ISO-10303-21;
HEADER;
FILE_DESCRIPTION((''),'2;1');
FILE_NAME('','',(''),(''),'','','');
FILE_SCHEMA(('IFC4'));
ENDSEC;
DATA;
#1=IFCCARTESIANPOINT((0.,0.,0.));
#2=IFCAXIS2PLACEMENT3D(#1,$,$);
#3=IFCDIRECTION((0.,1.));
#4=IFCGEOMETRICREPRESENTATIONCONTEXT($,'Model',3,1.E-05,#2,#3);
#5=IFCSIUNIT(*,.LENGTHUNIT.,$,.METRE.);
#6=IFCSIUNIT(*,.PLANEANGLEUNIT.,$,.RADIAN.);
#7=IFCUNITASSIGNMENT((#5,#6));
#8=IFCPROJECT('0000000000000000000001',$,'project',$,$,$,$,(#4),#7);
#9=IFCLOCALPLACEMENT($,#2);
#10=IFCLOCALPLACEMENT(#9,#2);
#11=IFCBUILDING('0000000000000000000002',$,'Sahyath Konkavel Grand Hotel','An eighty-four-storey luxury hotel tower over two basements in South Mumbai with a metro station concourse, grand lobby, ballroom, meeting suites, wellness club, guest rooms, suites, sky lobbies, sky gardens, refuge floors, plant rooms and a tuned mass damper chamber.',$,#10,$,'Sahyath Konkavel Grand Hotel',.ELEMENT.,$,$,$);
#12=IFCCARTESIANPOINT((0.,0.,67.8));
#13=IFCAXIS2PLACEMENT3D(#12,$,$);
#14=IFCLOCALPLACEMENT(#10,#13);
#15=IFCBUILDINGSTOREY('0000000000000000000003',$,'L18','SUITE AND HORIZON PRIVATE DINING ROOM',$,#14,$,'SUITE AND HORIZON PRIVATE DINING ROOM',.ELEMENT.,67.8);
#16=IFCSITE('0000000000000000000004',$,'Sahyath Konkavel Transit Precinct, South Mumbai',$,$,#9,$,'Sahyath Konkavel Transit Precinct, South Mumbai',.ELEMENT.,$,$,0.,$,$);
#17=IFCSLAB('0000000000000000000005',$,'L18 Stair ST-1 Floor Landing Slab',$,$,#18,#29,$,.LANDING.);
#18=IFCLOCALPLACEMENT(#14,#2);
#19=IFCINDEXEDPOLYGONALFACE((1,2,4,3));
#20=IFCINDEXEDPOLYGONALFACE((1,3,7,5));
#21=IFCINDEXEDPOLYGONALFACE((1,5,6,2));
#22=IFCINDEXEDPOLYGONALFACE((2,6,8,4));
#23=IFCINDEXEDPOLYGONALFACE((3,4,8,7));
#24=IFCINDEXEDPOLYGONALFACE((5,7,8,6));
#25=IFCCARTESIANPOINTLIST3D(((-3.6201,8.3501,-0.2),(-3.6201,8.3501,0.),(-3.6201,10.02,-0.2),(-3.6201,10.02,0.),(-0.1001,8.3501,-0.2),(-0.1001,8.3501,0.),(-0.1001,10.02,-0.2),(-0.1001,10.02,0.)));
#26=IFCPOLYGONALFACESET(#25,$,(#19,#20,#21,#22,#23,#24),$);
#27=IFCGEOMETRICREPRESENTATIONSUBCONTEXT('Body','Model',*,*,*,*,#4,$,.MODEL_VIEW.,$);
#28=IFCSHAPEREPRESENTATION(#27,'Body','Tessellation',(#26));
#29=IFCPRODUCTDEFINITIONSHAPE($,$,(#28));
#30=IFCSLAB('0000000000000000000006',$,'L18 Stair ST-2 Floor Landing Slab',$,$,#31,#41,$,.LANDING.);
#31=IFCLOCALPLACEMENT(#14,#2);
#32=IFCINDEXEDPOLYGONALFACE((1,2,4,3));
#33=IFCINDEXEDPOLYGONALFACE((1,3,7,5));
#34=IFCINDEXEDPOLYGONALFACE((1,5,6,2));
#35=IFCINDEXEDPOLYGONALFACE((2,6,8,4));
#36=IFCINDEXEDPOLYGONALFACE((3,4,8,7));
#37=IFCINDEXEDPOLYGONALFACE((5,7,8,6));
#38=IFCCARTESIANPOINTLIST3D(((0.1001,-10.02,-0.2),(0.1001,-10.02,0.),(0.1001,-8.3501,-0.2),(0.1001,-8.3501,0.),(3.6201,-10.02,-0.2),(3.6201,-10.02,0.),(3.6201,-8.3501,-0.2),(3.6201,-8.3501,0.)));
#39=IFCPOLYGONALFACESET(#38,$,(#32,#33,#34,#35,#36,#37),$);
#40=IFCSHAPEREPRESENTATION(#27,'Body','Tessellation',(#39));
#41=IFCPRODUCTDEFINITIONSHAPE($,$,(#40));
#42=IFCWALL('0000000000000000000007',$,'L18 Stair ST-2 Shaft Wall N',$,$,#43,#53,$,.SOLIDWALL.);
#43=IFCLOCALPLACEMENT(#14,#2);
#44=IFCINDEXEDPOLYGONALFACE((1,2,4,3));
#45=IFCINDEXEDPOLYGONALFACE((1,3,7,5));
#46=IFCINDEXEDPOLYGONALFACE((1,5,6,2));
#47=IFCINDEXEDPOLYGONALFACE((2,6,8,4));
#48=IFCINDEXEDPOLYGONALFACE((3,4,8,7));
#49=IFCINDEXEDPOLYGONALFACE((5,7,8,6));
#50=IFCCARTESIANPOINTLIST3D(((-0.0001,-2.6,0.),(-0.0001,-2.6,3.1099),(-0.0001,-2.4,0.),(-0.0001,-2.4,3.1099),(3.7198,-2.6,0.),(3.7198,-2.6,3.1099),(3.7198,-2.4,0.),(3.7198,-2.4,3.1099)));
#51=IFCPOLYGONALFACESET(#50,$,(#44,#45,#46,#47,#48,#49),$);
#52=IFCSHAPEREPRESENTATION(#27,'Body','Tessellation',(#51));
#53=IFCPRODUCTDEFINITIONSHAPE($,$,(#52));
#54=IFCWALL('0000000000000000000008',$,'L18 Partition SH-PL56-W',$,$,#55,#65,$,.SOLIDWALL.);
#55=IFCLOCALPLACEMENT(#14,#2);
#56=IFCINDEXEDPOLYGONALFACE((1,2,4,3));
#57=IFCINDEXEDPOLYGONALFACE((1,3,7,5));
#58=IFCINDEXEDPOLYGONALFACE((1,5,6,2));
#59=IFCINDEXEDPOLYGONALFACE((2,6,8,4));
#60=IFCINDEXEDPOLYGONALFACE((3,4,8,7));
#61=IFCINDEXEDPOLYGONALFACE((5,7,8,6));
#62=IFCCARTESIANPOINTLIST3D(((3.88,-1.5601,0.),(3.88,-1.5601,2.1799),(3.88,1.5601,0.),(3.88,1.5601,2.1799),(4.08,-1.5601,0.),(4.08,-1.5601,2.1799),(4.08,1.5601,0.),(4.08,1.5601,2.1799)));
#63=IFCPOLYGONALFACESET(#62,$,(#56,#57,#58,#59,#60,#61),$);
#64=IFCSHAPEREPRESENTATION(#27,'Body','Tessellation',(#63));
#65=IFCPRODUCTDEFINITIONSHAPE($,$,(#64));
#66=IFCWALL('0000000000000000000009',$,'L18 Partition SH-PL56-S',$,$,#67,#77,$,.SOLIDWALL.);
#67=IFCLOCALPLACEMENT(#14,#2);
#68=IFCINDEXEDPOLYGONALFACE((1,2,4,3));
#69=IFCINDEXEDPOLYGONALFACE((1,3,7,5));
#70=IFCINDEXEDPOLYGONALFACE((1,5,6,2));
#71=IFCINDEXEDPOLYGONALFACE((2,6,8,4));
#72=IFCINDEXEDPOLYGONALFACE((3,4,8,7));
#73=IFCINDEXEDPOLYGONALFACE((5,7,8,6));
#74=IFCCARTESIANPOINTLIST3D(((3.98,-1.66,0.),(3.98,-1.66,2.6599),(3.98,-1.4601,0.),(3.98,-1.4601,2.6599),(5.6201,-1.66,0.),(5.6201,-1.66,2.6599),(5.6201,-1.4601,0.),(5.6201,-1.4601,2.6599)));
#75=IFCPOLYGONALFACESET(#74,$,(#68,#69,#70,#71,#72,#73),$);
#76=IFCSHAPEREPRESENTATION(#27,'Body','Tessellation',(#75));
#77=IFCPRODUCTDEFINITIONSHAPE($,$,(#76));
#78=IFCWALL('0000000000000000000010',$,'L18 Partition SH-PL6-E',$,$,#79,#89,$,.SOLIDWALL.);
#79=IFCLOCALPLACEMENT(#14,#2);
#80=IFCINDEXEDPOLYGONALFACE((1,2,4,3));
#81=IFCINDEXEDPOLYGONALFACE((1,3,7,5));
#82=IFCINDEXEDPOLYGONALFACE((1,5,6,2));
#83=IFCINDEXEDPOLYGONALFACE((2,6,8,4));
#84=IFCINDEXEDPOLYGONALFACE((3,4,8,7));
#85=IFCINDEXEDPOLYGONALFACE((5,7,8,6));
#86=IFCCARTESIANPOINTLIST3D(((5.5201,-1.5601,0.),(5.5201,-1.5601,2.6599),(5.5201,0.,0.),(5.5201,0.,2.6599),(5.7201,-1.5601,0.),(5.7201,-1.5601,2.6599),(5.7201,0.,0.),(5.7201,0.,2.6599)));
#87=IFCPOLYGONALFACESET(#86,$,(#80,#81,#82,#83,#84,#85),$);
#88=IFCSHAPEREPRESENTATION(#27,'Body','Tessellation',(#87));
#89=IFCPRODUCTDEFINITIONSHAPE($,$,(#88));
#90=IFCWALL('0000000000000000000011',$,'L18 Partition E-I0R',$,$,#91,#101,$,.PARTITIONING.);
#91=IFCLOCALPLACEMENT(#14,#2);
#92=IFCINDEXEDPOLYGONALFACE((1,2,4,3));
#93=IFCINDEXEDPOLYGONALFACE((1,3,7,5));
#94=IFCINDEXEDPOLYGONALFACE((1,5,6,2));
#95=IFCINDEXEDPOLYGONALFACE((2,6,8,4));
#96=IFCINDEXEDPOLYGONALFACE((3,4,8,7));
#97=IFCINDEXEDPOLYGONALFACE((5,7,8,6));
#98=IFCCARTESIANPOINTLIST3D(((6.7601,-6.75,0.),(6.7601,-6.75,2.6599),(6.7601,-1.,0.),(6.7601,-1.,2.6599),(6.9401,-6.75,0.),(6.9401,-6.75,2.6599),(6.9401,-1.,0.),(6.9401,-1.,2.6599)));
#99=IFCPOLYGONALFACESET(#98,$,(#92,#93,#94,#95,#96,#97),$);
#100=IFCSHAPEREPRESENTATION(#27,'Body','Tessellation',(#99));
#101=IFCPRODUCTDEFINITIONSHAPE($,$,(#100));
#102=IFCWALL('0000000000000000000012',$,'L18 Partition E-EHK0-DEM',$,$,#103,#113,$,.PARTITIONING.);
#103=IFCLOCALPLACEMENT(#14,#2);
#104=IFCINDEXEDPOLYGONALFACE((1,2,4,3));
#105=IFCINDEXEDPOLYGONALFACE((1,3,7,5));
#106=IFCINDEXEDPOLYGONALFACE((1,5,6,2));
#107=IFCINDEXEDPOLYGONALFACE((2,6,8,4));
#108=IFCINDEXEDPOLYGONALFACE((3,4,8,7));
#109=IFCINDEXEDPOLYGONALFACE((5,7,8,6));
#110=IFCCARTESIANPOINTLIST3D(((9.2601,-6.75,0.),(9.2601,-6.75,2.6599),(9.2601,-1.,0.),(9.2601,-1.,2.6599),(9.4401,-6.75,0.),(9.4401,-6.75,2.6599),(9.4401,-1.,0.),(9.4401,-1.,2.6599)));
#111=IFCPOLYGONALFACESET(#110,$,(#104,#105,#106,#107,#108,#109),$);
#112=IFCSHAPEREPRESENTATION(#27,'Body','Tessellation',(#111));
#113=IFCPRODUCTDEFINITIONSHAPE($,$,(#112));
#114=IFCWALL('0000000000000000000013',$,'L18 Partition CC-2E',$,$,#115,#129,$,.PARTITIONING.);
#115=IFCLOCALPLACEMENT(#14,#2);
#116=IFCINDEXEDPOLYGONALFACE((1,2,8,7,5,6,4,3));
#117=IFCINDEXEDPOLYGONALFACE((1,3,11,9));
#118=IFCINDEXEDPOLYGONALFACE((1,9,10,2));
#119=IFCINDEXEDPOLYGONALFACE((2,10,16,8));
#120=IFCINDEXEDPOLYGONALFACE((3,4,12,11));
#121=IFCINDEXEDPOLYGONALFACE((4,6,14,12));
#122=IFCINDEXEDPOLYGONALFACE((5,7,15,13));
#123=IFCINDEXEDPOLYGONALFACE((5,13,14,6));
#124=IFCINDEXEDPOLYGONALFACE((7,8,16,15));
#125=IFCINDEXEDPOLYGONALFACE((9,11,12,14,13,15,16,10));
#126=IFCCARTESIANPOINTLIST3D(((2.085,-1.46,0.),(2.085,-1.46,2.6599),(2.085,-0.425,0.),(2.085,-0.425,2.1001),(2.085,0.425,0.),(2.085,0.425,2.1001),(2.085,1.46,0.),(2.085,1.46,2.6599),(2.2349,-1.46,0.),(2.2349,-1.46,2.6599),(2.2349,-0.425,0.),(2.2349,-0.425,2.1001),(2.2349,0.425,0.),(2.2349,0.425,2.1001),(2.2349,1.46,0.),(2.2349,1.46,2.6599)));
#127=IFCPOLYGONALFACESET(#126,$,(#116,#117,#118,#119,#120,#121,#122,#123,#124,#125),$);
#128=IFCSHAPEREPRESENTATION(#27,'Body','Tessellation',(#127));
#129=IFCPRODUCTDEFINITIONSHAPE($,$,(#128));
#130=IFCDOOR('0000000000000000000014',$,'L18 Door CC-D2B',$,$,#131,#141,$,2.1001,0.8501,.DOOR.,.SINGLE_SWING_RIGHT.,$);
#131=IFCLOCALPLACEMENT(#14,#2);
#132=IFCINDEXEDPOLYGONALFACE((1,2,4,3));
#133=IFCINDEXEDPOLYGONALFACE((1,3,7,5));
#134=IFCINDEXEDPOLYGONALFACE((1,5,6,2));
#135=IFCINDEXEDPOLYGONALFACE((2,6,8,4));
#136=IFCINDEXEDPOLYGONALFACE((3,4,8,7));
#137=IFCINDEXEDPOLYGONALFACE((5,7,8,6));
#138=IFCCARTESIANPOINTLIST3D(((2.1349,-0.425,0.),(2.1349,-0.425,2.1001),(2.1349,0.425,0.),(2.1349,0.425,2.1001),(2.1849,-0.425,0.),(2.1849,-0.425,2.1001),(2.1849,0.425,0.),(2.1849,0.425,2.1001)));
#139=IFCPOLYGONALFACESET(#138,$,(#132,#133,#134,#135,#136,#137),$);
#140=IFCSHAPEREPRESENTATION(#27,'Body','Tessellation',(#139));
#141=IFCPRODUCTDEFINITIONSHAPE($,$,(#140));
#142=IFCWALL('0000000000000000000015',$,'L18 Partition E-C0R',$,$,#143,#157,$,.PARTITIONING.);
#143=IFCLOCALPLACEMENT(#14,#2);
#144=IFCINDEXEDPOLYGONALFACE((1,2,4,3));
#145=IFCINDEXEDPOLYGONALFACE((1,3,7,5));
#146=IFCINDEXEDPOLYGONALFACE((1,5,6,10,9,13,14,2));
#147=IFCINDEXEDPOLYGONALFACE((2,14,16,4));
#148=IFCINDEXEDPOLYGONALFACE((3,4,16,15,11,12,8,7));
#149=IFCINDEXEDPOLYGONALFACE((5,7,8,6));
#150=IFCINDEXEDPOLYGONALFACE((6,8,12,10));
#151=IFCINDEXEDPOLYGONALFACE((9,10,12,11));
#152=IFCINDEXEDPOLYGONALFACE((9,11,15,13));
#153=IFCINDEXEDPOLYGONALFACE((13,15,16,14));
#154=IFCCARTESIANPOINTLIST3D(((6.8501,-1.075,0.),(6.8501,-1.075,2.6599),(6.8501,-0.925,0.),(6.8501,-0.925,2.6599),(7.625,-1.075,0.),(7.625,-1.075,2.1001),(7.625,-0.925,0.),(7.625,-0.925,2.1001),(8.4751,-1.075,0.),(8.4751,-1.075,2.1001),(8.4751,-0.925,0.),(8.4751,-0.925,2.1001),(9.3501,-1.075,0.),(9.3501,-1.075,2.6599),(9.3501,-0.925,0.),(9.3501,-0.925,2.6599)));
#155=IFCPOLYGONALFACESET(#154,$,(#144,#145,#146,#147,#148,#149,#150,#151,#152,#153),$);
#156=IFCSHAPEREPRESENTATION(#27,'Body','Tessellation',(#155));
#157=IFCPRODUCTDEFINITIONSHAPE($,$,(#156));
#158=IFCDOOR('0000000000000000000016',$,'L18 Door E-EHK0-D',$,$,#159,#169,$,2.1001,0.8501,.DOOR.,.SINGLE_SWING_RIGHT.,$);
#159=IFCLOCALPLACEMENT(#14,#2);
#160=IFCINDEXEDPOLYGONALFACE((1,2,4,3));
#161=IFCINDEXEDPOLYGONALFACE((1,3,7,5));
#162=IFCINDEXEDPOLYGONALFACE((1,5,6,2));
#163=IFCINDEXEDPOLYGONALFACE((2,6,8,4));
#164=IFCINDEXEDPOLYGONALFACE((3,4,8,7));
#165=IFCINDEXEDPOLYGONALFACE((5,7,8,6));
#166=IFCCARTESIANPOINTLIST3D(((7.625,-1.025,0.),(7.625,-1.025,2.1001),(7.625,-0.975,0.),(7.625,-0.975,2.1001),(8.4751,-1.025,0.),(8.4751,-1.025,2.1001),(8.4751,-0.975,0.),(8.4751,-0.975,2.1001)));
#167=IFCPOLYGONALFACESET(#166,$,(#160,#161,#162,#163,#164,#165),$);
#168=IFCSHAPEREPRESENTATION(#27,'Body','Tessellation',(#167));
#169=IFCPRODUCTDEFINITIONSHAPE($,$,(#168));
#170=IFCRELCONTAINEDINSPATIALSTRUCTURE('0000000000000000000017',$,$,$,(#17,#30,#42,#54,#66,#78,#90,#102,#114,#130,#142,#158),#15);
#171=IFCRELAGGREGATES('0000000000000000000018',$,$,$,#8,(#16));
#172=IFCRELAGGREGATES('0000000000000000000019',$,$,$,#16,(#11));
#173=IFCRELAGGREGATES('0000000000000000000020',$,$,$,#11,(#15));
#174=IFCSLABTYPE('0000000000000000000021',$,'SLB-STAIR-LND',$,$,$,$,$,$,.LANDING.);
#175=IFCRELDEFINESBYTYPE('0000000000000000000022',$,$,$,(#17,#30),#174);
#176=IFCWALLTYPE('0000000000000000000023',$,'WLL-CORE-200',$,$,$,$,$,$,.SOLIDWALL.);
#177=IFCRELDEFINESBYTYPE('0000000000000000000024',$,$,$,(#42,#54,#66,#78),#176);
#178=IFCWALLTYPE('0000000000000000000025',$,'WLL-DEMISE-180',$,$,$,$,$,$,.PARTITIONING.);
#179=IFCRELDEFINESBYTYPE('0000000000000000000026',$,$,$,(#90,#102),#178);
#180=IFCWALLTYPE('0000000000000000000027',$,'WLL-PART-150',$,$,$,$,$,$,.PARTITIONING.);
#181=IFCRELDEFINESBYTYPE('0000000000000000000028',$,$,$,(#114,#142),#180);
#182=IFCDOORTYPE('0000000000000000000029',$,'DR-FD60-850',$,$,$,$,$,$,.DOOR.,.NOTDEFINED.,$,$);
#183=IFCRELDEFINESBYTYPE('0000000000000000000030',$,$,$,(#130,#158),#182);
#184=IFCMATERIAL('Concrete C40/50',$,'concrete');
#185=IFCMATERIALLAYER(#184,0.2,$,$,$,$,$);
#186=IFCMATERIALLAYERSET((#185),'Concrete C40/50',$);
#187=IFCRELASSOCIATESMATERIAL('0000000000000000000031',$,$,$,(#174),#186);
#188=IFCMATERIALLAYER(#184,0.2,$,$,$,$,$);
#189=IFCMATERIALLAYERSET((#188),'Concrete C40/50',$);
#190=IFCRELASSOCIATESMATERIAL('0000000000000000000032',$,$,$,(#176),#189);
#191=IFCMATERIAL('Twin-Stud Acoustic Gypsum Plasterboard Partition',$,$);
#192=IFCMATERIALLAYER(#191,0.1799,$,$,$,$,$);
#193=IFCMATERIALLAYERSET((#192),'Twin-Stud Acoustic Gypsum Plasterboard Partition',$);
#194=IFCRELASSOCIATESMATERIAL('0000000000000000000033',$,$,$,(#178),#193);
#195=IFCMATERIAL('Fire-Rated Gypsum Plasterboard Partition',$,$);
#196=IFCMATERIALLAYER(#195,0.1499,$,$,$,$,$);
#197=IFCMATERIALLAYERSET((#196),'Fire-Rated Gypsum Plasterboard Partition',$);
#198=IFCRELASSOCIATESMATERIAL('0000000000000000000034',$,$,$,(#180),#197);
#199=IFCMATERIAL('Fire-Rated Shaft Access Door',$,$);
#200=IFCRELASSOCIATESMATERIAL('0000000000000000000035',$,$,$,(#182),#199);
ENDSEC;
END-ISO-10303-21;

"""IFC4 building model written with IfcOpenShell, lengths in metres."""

from ifc_helpers import new_model, si_unit, direction, frame, frame_2d, origin, origin_2d, place, context, subcontext, project, spatial, polyline, rectangle, outline, extrude, source, transform, mapped, material, layer, layer_set, type_object, element, fill, save


model = new_model("IFC4")

# Units and contexts
model_context = context("Model", 3, precision=1e-05, world=origin(), true_north=direction((0.0, 1.0)))
body_context = subcontext(model_context, "Body", "Model", "MODEL_VIEW")
ifc_project = project(units=[si_unit("LENGTHUNIT", "METRE"), si_unit("PLANEANGLEUNIT", "RADIAN")], contexts=[model_context])

# Site, building, storey
site_placement = place(None, origin())
site = spatial("IfcSite", under=ifc_project, at=site_placement, Name="Sahyath Konkavel Transit Precinct, South Mumbai", LongName="Sahyath Konkavel Transit Precinct, South Mumbai", CompositionType="ELEMENT", RefElevation=0.0)
building_placement = place(site_placement, origin())
building = spatial("IfcBuilding", under=site, at=building_placement, Name="Sahyath Konkavel Grand Hotel", Description="An eighty-four-storey luxury hotel tower over two basements in South Mumbai with a metro station concourse, grand lobby, ballroom, meeting suites, wellness club, guest rooms, suites, sky lobbies, sky gardens, refuge floors, plant rooms and a tuned mass damper chamber.", LongName="Sahyath Konkavel Grand Hotel", CompositionType="ELEMENT")
storey_placement = place(building_placement, frame((0.0, 0.0, 67.8)))
storey = spatial("IfcBuildingStorey", under=building, at=storey_placement, Name="L18", Description="SUITE AND HORIZON PRIVATE DINING ROOM", LongName="SUITE AND HORIZON PRIVATE DINING ROOM", CompositionType="ELEMENT", Elevation=67.8)

# Shared definitions
ifc_material_1 = material(Name="Concrete C40/50", Category="concrete")

# Shared definitions
ifc_layer_1 = layer(ifc_material_1, 0.2)
ifc_layer_set_1 = layer_set([ifc_layer_1], Name="Concrete C40/50")
slab_type_1 = type_object("IfcSlabType", Name="SLB-STAIR-LND", PredefinedType="LANDING", material=ifc_layer_set_1)

# Slabs
slab_1_placement = place(storey_placement, frame((0.0, 0.0, -0.2)))
element("IfcSlab", 1, at=slab_1_placement, inside=storey, type_object=slab_type_1, Name="L18 Stair ST-1 Floor Landing Slab", PredefinedType="LANDING", context=body_context, shape_type="SweptSolid", body=[
    extrude(outline(polyline([(-3.6201, 8.3501), (-0.1001, 8.3501), (-0.1001, 10.02), (-3.6201, 10.02), (-3.6201, 8.3501)])), origin(), (0.0, 0.0, 1.0), 0.2),
])
slab_2_placement = place(storey_placement, frame((0.0, 0.0, -0.2)))
element("IfcSlab", 2, at=slab_2_placement, inside=storey, type_object=slab_type_1, Name="L18 Stair ST-2 Floor Landing Slab", PredefinedType="LANDING", context=body_context, shape_type="SweptSolid", body=[
    extrude(outline(polyline([(0.1001, -10.02), (3.6201, -10.02), (3.6201, -8.3501), (0.1001, -8.3501), (0.1001, -10.02)])), origin(), (0.0, 0.0, 1.0), 0.2),
])

# Walls
ifc_layer_2 = layer(ifc_material_1, 0.2)
ifc_layer_set_2 = layer_set([ifc_layer_2], Name="Concrete C40/50")
wall_type_1 = type_object("IfcWallType", Name="WLL-CORE-200", PredefinedType="SOLIDWALL", material=ifc_layer_set_2)
wall_1_placement = place(storey_placement, frame((0.0, -2.5, 0.0), z_axis=(0.0, 0.0, 1.0), x_axis=(1.0, 0.0, 0.0)))
element("IfcWall", 3, at=wall_1_placement, inside=storey, type_object=wall_type_1, Name="L18 Stair ST-2 Shaft Wall N", PredefinedType="SOLIDWALL", context=body_context, shape_type="SweptSolid", body=[
    extrude(rectangle(XDim=3.72, YDim=0.2, at=frame_2d((1.8599, 0.0))), origin(), (0.0, 0.0, 1.0), 3.1099),
])
wall_2_placement = place(storey_placement, frame((3.98, -1.5601, 0.0), z_axis=(0.0, 0.0, 1.0), x_axis=(0.0, 1.0, 0.0)))
element("IfcWall", 4, at=wall_2_placement, inside=storey, type_object=wall_type_1, Name="L18 Partition SH-PL56-W", PredefinedType="SOLIDWALL", context=body_context, shape_type="SweptSolid", body=[
    extrude(rectangle(XDim=3.1201, YDim=0.2, at=frame_2d((1.5601, 0.0))), origin(), (0.0, 0.0, 1.0), 2.1799),
])
wall_3_placement = place(storey_placement, frame((3.98, -1.5601, 0.0), z_axis=(0.0, 0.0, 1.0), x_axis=(1.0, 0.0, 0.0)))
element("IfcWall", 5, at=wall_3_placement, inside=storey, type_object=wall_type_1, Name="L18 Partition SH-PL56-S", PredefinedType="SOLIDWALL", context=body_context, shape_type="SweptSolid", body=[
    extrude(rectangle(XDim=1.6401, YDim=0.2, at=frame_2d((0.8201, 0.0))), origin(), (0.0, 0.0, 1.0), 2.6599),
])
wall_4_placement = place(storey_placement, frame((5.6201, -1.5601, 0.0), z_axis=(0.0, 0.0, 1.0), x_axis=(0.0, 1.0, 0.0)))
element("IfcWall", 6, at=wall_4_placement, inside=storey, type_object=wall_type_1, Name="L18 Partition SH-PL6-E", PredefinedType="SOLIDWALL", context=body_context, shape_type="SweptSolid", body=[
    extrude(rectangle(XDim=1.5601, YDim=0.2, at=frame_2d((0.78, 0.0))), origin(), (0.0, 0.0, 1.0), 2.6599),
])
ifc_material_2 = material(Name="Twin-Stud Acoustic Gypsum Plasterboard Partition")
ifc_layer_3 = layer(ifc_material_2, 0.1799)
ifc_layer_set_3 = layer_set([ifc_layer_3], Name="Twin-Stud Acoustic Gypsum Plasterboard Partition")
wall_type_2 = type_object("IfcWallType", Name="WLL-DEMISE-180", PredefinedType="PARTITIONING", material=ifc_layer_set_3)
for number, where, z_axis, x_axis, name in (
    (7, (6.8501, -6.75, 0.0), (0.0, 0.0, 1.0), (0.0, 1.0, 0.0), "L18 Partition E-I0R"),
    (8, (9.3501, -1.0, 0.0), (0.0, 0.0, 1.0), (0.0, -1.0, 0.0), "L18 Partition E-EHK0-DEM"),
):
    element("IfcWall", number, at=place(storey_placement, frame(where, z_axis=z_axis, x_axis=x_axis)), inside=storey, type_object=wall_type_2, Name=name, PredefinedType="PARTITIONING", context=body_context, shape_type="SweptSolid", body=[
        extrude(rectangle(XDim=5.75, YDim=0.1799, at=frame_2d((2.875, 0.0))), origin(), (0.0, 0.0, 1.0), 2.6599),
    ])

# Walls, openings, doors
ifc_material_3 = material(Name="Fire-Rated Gypsum Plasterboard Partition")
ifc_layer_4 = layer(ifc_material_3, 0.1499)
ifc_layer_set_4 = layer_set([ifc_layer_4], Name="Fire-Rated Gypsum Plasterboard Partition")
wall_type_3 = type_object("IfcWallType", Name="WLL-PART-150", PredefinedType="PARTITIONING", material=ifc_layer_set_4)
wall_5_placement = place(storey_placement, frame((2.1599, -1.46, 0.0), z_axis=(0.0, 0.0, 1.0), x_axis=(0.0, 1.0, 0.0)))
wall_5 = element("IfcWall", 9, at=wall_5_placement, inside=storey, type_object=wall_type_3, Name="L18 Partition CC-2E", PredefinedType="PARTITIONING", context=body_context, shape_type="SweptSolid", body=[
    extrude(rectangle(XDim=2.9199, YDim=0.1499, at=frame_2d((1.46, 0.0))), origin(), (0.0, 0.0, 1.0), 2.6599),
])
opening_1_placement = place(wall_5_placement, frame((1.0349, 0.0, 0.0)))
opening_1 = element("IfcOpeningElement", 10, at=opening_1_placement, cuts=wall_5, PredefinedType="OPENING", context=body_context, shape_type="SweptSolid", body=[
    extrude(rectangle(XDim=0.8501, YDim=2.1001, at=frame_2d((0.425, 1.05))), frame((0.0, 0.085, 0.0), z_axis=(0.0, -1.0, 0.0), x_axis=(1.0, 0.0, 0.0)), (0.0, 0.0, 1.0), 0.1699),
])
ifc_material_4 = material(Name="Fire-Rated Shaft Access Door")
door_type_1 = type_object("IfcDoorType", Name="DR-FD60-850", OperationType="NOTDEFINED", PredefinedType="DOOR", material=ifc_material_4)
shared_shape_1 = source(origin(), body_context, "Body", "SweptSolid", [
    extrude(rectangle(XDim=0.8501, YDim=0.05, at=origin_2d()), origin(), (0.0, 0.0, 1.0), 2.1001),
])
door_1_placement = place(opening_1_placement, frame((0.425, 0.0, 0.0)))
door_1 = element("IfcDoor", 11, at=door_1_placement, inside=storey, type_object=door_type_1, Name="L18 Door CC-D2B", OperationType="SINGLE_SWING_RIGHT", OverallHeight=2.1001, OverallWidth=0.8501, PredefinedType="DOOR", context=body_context, shape_type="MappedRepresentation", body=[
    mapped(shared_shape_1, transform((0.0, 0.0, 0.0), scale=1.0)),
])
fill(opening_1, door_1)
wall_6_placement = place(storey_placement, frame((6.8501, -1.0, 0.0), z_axis=(0.0, 0.0, 1.0), x_axis=(1.0, 0.0, 0.0)))
wall_6 = element("IfcWall", 12, at=wall_6_placement, inside=storey, type_object=wall_type_3, Name="L18 Partition E-C0R", PredefinedType="PARTITIONING", context=body_context, shape_type="SweptSolid", body=[
    extrude(rectangle(XDim=2.5, YDim=0.1499, at=frame_2d((1.25, 0.0))), origin(), (0.0, 0.0, 1.0), 2.6599),
])
opening_2_placement = place(wall_6_placement, frame((0.7749, 0.0, 0.0)))
opening_2 = element("IfcOpeningElement", 13, at=opening_2_placement, cuts=wall_6, PredefinedType="OPENING", context=body_context, shape_type="SweptSolid", body=[
    extrude(rectangle(XDim=0.8501, YDim=2.1001, at=frame_2d((0.425, 1.05))), frame((0.0, 0.085, 0.0), z_axis=(0.0, -1.0, 0.0), x_axis=(1.0, 0.0, 0.0)), (0.0, 0.0, 1.0), 0.1699),
])
door_2_placement = place(opening_2_placement, frame((0.425, 0.0, 0.0)))
door_2 = element("IfcDoor", 14, at=door_2_placement, inside=storey, type_object=door_type_1, Name="L18 Door E-EHK0-D", OperationType="SINGLE_SWING_RIGHT", OverallHeight=2.1001, OverallWidth=0.8501, PredefinedType="DOOR", context=body_context, shape_type="MappedRepresentation", body=[
    mapped(shared_shape_1, transform((0.0, 0.0, 0.0), scale=1.0)),
])
fill(opening_2, door_2)

save(model, "model.ifc")
